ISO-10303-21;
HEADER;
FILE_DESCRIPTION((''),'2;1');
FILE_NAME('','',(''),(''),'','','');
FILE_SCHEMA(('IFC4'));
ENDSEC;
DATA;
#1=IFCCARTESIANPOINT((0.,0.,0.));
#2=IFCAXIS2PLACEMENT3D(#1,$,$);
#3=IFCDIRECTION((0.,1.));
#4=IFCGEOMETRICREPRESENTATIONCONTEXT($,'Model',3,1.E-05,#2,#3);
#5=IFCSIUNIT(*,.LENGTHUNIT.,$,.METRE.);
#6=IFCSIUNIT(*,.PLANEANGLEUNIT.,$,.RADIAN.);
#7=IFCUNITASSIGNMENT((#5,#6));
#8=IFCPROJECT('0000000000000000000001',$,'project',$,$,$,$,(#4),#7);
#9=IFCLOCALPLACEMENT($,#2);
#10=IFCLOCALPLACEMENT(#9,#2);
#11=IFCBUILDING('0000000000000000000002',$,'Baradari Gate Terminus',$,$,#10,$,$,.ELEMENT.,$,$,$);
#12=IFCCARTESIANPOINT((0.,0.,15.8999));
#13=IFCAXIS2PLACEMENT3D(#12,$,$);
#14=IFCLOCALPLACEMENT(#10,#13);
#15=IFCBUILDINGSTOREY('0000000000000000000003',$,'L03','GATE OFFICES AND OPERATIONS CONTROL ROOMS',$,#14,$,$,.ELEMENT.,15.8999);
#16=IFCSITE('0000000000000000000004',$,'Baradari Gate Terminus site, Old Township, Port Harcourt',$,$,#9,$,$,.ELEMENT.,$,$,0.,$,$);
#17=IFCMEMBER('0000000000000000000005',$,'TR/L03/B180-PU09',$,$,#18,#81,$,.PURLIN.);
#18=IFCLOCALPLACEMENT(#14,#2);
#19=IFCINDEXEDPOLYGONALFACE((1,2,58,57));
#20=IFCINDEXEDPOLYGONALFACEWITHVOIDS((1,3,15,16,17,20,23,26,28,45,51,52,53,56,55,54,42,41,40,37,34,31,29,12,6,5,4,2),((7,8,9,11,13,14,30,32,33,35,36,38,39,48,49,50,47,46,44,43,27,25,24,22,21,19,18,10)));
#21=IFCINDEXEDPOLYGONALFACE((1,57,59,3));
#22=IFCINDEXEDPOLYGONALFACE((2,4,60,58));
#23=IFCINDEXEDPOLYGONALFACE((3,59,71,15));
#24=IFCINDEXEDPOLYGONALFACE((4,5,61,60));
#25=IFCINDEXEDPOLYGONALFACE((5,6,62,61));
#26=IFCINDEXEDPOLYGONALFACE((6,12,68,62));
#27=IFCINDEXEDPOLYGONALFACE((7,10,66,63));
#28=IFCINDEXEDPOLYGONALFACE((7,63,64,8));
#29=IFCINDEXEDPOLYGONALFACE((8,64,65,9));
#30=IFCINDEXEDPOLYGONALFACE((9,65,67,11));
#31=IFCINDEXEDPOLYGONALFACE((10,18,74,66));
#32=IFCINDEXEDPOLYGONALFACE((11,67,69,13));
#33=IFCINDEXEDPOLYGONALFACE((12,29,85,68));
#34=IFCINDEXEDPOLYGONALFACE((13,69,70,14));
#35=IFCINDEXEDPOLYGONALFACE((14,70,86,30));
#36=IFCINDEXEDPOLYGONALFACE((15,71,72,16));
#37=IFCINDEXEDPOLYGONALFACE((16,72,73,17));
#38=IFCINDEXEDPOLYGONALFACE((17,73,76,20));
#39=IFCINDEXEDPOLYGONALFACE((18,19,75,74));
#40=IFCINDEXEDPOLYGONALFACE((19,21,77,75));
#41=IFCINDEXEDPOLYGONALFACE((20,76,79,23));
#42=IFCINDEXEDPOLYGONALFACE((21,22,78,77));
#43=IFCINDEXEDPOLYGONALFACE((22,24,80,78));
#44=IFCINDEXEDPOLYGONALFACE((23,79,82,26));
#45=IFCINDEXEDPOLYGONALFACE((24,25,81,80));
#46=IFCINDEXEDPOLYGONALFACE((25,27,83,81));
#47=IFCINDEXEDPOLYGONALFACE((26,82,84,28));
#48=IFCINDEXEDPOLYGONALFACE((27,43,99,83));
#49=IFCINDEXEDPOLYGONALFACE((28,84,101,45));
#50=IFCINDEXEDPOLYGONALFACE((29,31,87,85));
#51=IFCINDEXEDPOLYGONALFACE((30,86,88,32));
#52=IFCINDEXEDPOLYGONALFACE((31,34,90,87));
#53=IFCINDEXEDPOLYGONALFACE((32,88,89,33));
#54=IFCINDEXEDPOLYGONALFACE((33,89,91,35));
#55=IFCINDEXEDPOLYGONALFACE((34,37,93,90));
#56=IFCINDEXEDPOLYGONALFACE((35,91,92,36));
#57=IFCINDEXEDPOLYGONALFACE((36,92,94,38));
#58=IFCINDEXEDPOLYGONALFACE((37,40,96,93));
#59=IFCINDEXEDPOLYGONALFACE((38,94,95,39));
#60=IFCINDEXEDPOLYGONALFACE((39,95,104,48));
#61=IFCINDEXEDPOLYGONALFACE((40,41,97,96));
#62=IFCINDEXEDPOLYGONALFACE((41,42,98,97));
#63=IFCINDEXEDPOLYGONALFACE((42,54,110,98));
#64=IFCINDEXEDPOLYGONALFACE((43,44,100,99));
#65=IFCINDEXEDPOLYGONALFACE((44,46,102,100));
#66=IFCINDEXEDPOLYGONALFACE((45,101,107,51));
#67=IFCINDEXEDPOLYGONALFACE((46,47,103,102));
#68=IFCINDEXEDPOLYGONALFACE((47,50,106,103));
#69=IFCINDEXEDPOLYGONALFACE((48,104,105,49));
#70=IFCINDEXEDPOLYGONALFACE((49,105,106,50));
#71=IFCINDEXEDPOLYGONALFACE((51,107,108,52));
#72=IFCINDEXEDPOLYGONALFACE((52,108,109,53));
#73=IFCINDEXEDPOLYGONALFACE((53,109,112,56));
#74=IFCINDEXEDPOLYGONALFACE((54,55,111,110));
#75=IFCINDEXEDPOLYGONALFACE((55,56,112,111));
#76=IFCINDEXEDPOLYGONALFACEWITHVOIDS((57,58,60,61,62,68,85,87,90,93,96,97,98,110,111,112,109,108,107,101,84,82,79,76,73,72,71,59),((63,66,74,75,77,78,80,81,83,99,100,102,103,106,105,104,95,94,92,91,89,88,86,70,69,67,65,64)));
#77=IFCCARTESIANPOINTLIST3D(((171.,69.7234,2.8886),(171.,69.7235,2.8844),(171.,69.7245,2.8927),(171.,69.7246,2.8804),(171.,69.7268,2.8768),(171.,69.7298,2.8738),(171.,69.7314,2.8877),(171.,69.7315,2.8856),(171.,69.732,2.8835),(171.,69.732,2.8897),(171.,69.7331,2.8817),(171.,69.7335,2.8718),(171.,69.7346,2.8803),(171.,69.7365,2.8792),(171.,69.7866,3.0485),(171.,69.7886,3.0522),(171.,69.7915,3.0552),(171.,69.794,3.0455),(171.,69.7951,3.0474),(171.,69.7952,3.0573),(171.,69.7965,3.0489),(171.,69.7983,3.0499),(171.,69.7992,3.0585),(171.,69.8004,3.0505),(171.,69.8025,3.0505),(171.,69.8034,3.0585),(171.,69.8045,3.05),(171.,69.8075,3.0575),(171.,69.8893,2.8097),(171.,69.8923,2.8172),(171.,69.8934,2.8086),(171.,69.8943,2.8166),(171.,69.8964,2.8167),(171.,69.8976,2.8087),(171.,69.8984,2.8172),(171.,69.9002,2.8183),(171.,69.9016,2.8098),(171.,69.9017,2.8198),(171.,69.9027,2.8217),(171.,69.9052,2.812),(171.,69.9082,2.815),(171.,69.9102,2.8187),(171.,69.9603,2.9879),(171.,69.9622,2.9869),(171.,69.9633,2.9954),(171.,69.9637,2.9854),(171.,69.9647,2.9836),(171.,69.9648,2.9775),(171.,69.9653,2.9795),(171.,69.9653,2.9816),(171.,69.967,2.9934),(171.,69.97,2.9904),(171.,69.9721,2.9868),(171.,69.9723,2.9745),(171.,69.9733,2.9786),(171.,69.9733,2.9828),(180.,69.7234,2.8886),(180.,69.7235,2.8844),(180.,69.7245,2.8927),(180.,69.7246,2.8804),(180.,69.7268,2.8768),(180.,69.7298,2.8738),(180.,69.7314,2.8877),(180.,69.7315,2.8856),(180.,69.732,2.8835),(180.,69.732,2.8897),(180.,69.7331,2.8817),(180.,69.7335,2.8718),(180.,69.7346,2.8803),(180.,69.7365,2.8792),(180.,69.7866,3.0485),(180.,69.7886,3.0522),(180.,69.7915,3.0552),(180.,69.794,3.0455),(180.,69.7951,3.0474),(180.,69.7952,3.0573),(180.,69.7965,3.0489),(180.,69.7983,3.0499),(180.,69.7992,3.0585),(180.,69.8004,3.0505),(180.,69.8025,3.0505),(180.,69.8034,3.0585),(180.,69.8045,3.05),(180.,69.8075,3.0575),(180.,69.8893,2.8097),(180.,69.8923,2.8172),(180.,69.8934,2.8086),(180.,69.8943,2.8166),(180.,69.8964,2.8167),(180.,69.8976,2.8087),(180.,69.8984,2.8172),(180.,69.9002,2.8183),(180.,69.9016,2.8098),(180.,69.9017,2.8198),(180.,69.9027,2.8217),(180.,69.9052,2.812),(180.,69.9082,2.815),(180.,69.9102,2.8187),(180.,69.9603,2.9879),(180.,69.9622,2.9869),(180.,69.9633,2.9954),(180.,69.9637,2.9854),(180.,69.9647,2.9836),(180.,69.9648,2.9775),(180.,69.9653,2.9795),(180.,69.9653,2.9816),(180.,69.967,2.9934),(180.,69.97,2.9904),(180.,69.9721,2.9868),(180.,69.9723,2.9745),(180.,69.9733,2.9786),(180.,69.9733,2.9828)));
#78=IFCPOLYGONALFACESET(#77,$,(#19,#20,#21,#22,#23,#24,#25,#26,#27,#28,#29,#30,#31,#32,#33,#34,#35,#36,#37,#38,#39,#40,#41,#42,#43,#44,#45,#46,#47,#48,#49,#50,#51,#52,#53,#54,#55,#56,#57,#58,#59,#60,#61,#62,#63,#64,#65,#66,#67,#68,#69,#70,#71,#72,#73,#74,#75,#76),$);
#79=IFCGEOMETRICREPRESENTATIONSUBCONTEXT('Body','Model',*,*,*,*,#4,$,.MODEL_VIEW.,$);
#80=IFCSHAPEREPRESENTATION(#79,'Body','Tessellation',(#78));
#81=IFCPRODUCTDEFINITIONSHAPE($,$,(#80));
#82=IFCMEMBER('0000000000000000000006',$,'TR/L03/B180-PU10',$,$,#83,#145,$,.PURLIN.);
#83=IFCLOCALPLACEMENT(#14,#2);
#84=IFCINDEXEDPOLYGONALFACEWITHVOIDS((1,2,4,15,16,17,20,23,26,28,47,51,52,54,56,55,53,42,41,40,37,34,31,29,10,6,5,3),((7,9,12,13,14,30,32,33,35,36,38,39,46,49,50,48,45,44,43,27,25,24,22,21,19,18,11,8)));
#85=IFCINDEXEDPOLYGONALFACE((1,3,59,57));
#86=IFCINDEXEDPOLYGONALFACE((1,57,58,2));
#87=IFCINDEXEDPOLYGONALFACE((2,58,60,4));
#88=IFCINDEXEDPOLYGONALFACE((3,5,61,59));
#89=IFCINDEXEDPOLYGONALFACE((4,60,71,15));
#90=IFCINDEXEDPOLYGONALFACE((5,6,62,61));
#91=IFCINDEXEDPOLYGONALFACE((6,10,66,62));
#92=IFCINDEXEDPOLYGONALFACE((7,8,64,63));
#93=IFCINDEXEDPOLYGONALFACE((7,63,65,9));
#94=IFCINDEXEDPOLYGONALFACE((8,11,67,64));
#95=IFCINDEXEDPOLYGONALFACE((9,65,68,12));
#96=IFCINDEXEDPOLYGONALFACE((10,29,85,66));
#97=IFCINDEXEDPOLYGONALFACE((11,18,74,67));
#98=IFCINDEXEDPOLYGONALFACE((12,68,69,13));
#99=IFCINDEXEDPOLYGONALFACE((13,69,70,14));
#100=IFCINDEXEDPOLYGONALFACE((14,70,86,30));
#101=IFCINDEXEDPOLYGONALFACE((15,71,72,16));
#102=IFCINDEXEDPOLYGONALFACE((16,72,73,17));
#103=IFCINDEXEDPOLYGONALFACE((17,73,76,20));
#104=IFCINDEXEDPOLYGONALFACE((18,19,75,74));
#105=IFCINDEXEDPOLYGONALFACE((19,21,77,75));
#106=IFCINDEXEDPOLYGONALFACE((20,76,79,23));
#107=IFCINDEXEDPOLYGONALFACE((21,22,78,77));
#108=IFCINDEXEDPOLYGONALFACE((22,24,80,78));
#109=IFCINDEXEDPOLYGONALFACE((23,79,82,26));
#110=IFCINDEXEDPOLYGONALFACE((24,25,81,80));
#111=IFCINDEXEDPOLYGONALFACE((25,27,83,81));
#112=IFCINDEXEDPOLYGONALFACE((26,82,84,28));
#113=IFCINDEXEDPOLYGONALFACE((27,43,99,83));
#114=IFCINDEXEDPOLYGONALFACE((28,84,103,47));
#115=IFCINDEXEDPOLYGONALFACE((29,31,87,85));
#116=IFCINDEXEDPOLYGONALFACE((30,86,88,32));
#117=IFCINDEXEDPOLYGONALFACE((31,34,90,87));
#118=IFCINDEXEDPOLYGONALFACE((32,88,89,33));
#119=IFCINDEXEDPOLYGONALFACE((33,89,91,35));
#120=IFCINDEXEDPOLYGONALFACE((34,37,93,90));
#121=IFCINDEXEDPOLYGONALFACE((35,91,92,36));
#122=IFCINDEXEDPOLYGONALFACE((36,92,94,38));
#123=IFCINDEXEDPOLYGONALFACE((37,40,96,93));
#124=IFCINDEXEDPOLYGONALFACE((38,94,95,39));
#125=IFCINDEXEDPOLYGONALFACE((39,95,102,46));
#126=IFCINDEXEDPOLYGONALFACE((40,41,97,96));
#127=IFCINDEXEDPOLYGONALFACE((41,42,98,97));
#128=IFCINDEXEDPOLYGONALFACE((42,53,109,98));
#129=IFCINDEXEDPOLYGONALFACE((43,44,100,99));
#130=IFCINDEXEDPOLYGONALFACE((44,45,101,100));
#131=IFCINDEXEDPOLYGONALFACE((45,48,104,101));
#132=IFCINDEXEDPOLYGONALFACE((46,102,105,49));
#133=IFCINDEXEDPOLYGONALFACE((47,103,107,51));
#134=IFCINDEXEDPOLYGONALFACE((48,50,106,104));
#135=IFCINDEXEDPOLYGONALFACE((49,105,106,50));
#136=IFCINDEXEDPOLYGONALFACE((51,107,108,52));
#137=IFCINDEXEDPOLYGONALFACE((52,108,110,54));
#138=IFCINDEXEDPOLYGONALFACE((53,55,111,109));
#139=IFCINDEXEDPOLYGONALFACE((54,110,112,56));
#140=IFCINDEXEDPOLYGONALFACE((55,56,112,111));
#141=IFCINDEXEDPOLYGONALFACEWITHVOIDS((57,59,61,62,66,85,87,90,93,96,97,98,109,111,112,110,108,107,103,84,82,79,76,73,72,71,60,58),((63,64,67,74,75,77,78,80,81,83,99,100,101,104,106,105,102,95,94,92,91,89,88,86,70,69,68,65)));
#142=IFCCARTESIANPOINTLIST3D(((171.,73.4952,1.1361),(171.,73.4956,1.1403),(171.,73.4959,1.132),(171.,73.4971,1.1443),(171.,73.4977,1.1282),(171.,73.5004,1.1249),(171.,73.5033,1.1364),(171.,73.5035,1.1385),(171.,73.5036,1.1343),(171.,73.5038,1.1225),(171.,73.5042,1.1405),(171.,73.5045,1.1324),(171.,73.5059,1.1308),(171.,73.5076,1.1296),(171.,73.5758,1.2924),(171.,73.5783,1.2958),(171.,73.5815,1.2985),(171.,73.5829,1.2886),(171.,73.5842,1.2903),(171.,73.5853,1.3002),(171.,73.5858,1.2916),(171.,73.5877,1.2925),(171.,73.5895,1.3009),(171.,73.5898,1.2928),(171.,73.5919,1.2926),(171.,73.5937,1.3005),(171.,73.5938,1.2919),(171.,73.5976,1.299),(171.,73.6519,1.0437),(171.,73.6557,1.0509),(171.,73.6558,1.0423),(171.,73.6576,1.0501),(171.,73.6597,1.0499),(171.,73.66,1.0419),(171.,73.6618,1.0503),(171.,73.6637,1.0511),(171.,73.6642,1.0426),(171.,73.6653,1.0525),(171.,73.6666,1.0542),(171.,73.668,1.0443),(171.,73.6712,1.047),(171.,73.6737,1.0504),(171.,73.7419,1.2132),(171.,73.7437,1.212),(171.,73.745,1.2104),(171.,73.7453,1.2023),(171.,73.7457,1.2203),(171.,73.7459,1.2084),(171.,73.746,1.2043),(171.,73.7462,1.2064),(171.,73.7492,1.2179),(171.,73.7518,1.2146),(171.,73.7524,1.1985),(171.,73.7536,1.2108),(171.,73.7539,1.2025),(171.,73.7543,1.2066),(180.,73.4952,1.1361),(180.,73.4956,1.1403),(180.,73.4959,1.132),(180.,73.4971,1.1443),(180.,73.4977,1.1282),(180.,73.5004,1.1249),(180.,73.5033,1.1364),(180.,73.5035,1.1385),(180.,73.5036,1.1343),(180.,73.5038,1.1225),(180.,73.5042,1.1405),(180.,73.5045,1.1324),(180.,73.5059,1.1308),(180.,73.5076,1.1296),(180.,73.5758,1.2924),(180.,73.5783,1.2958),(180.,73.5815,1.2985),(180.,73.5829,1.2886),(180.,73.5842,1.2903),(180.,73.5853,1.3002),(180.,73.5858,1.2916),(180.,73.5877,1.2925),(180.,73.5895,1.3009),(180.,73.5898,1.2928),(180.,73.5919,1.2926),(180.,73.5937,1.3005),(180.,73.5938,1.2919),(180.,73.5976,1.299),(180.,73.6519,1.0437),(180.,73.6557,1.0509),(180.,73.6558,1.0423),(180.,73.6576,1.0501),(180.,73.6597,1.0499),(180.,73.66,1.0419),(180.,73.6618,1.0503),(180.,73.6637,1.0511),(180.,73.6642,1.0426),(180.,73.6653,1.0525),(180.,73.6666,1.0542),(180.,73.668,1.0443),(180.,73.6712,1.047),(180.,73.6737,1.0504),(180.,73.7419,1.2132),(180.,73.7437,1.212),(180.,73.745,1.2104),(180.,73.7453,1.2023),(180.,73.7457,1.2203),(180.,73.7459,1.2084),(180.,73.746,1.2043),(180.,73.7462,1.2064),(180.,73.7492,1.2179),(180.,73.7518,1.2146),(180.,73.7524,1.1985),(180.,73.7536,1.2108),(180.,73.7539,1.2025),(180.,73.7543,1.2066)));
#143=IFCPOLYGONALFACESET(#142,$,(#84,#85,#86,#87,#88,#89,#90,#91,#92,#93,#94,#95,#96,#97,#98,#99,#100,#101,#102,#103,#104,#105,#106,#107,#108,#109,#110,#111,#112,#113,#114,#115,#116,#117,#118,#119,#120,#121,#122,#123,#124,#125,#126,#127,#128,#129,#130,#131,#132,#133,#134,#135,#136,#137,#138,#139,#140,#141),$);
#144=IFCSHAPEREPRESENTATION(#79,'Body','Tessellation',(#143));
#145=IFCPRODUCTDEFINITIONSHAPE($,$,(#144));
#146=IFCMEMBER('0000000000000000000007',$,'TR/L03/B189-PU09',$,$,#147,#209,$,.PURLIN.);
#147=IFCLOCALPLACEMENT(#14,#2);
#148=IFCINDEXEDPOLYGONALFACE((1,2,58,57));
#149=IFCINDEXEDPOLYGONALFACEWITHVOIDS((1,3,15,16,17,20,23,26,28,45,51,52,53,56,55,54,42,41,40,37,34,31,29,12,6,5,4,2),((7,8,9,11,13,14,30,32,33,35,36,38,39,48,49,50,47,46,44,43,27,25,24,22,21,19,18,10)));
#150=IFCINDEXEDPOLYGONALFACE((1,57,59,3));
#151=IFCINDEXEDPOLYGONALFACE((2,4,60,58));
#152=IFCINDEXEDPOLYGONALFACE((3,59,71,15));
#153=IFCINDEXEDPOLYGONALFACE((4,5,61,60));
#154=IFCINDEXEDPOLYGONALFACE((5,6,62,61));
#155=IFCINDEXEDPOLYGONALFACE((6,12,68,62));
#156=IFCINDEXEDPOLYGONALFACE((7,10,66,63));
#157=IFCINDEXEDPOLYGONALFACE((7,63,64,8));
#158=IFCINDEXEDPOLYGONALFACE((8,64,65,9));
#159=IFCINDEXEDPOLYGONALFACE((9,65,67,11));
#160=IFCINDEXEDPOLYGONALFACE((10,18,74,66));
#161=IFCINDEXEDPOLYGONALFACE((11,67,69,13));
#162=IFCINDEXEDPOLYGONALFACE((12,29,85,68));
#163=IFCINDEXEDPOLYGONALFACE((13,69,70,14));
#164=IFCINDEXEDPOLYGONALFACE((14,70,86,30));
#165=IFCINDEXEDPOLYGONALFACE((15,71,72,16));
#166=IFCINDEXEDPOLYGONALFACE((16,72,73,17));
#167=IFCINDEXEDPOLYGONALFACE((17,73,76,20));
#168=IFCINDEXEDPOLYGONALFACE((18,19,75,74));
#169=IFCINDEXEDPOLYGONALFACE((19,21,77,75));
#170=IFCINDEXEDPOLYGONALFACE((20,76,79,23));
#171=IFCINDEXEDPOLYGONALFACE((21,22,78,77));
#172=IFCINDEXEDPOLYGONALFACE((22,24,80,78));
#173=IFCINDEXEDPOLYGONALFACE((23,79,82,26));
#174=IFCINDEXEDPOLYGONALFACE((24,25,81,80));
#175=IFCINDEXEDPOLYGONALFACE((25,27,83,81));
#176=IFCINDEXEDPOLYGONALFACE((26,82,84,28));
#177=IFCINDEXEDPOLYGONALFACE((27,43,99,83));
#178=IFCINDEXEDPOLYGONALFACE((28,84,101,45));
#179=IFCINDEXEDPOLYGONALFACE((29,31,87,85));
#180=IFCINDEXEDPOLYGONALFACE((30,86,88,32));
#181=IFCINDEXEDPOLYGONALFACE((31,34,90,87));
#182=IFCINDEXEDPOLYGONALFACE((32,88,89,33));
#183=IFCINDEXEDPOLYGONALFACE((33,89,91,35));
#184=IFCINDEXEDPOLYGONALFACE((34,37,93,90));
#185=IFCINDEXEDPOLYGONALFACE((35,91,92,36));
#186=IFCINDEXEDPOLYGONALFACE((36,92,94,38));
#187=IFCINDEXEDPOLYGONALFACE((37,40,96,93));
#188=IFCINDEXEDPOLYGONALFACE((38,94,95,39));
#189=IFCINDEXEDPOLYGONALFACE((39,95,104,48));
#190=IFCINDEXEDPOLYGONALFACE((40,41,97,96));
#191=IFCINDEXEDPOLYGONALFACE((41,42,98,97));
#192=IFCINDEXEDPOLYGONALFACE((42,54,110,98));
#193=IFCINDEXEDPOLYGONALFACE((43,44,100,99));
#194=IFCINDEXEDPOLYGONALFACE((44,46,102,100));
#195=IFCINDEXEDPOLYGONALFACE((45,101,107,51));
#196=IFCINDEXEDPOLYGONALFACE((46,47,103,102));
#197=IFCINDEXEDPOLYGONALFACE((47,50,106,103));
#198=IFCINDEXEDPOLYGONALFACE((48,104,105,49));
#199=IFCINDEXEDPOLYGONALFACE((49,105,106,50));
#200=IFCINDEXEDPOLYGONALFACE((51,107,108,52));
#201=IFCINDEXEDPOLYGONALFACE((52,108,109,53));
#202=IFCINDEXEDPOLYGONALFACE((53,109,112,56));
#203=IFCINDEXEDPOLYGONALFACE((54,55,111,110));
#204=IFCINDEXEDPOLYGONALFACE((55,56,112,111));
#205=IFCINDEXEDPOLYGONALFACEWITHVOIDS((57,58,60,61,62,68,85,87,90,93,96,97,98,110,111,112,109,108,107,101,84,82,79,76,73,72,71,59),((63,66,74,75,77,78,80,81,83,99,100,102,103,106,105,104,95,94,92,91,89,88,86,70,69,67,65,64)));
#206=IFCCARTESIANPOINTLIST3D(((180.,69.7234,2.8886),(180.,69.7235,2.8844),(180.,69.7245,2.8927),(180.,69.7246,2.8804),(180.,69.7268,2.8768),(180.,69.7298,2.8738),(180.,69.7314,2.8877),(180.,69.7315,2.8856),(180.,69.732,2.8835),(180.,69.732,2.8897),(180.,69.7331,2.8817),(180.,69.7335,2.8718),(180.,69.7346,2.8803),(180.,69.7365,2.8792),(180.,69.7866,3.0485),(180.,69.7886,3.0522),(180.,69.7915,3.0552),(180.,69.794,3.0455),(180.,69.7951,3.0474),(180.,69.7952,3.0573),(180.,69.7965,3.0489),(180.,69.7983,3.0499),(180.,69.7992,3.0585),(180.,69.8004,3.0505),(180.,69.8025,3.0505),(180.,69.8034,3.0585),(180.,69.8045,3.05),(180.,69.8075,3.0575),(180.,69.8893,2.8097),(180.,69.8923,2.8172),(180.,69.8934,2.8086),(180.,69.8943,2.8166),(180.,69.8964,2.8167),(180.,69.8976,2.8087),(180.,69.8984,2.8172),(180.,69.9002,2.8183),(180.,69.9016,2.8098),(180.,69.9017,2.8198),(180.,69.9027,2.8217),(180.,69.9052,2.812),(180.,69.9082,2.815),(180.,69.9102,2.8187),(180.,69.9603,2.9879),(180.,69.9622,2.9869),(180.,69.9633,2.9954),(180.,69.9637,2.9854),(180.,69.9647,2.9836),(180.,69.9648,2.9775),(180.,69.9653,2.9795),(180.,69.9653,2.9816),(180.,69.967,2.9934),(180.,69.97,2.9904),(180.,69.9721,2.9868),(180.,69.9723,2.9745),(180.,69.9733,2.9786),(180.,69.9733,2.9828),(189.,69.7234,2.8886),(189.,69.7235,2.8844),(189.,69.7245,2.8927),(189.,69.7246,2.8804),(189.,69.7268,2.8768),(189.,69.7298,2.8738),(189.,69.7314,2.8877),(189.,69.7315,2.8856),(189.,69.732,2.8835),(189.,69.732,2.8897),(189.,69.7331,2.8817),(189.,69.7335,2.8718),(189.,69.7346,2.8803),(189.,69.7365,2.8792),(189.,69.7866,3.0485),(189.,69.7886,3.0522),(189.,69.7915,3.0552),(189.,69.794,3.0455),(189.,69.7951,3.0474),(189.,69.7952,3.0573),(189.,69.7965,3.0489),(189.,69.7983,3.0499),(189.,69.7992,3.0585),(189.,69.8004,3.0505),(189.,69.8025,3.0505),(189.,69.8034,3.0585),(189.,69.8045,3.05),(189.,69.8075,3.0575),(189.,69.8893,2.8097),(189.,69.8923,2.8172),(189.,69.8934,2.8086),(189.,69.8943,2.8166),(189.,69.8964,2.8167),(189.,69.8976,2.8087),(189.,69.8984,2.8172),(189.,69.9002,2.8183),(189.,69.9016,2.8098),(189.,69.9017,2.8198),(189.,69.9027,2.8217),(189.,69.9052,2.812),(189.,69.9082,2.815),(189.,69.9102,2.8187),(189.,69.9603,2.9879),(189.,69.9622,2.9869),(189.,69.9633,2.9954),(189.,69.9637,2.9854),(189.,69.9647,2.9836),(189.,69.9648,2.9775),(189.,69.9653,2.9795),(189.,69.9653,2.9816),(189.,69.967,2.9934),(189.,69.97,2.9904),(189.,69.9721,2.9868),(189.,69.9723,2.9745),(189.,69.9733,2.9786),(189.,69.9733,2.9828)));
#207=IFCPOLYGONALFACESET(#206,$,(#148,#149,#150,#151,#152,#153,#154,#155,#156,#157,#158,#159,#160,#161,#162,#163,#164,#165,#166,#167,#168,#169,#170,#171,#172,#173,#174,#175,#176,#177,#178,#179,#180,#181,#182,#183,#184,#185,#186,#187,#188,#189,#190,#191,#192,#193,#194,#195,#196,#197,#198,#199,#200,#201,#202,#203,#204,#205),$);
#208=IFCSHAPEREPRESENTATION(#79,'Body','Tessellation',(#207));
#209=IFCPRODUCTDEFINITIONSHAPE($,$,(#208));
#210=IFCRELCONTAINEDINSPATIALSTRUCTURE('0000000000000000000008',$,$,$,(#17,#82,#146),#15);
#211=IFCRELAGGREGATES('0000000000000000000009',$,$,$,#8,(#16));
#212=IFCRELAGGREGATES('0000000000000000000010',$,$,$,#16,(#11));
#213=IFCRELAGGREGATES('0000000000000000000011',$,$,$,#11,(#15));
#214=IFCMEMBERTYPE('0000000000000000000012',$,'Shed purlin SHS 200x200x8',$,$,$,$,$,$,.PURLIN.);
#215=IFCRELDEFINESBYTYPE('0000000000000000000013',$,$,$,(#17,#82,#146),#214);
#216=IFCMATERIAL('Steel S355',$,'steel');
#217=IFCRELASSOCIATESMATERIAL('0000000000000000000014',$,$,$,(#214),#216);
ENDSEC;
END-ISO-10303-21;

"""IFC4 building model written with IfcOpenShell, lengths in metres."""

from ifc_helpers import new_model, si_unit, direction, frame, origin, origin_2d, place, context, subcontext, project, spatial, hollow_rectangle, extrude, material, material_profile, profile_set, type_object, element, save


model = new_model("IFC4")

# Units and contexts
model_context = context("Model", 3, precision=1e-05, world=origin(), true_north=direction((0.0, 1.0)))
body_context = subcontext(model_context, "Body", "Model", "MODEL_VIEW")
ifc_project = project(units=[si_unit("LENGTHUNIT", "METRE"), si_unit("PLANEANGLEUNIT", "RADIAN")], contexts=[model_context])

# Site, building, storey
site_placement = place(None, origin())
site = spatial("IfcSite", under=ifc_project, at=site_placement, Name="Baradari Gate Terminus site, Old Township, Port Harcourt", CompositionType="ELEMENT", RefElevation=0.0)
building_placement = place(site_placement, origin())
building = spatial("IfcBuilding", under=site, at=building_placement, Name="Baradari Gate Terminus", CompositionType="ELEMENT")
storey_placement = place(building_placement, frame((0.0, 0.0, 15.8999)))
storey = spatial("IfcBuildingStorey", under=building, at=storey_placement, Name="L03", Description="GATE OFFICES AND OPERATIONS CONTROL ROOMS", CompositionType="ELEMENT", Elevation=15.8999)

# Members
ifc_material_1 = material(Name="Steel S355", Category="steel")
ifc_material_profile_1 = material_profile(ifc_material_1, hollow_rectangle(XDim=0.2, YDim=0.2, WallThickness=0.0081, InnerFilletRadius=0.0081, OuterFilletRadius=0.0161, at=origin_2d()), Name="SHS 200x200x8")
ifc_profile_set_1 = profile_set([ifc_material_profile_1], Name="Steel S355")
member_type_1 = type_object("IfcMemberType", Name="Shed purlin SHS 200x200x8", PredefinedType="PURLIN", material=ifc_profile_set_1)
for number, where, z_axis, x_axis, name in (
    (1, (171.0, 69.8484, 2.9336), (1.0, 0.0, 0.0), (0.0, 0.928965, -0.370167), "TR/L03/B180-PU09"),
    (2, (171.0, 73.6248, 1.1714), (1.0, 0.0, 0.0), (0.0, 0.883027, -0.469322), "TR/L03/B180-PU10"),
    (3, (180.0, 69.8484, 2.9336), (1.0, 0.0, 0.0), (0.0, 0.928965, -0.370167), "TR/L03/B189-PU09"),
):
    element("IfcMember", number, at=place(storey_placement, frame(where, z_axis=z_axis, x_axis=x_axis)), inside=storey, type_object=member_type_1, Name=name, PredefinedType="PURLIN", context=body_context, shape_type="SweptSolid", body=[
        extrude(hollow_rectangle(XDim=0.2, YDim=0.2, WallThickness=0.0081, InnerFilletRadius=0.0081, OuterFilletRadius=0.0161, at=origin_2d()), origin(), (0.0, 0.0, 1.0), 9.0),
    ])

save(model, "model.ifc")
